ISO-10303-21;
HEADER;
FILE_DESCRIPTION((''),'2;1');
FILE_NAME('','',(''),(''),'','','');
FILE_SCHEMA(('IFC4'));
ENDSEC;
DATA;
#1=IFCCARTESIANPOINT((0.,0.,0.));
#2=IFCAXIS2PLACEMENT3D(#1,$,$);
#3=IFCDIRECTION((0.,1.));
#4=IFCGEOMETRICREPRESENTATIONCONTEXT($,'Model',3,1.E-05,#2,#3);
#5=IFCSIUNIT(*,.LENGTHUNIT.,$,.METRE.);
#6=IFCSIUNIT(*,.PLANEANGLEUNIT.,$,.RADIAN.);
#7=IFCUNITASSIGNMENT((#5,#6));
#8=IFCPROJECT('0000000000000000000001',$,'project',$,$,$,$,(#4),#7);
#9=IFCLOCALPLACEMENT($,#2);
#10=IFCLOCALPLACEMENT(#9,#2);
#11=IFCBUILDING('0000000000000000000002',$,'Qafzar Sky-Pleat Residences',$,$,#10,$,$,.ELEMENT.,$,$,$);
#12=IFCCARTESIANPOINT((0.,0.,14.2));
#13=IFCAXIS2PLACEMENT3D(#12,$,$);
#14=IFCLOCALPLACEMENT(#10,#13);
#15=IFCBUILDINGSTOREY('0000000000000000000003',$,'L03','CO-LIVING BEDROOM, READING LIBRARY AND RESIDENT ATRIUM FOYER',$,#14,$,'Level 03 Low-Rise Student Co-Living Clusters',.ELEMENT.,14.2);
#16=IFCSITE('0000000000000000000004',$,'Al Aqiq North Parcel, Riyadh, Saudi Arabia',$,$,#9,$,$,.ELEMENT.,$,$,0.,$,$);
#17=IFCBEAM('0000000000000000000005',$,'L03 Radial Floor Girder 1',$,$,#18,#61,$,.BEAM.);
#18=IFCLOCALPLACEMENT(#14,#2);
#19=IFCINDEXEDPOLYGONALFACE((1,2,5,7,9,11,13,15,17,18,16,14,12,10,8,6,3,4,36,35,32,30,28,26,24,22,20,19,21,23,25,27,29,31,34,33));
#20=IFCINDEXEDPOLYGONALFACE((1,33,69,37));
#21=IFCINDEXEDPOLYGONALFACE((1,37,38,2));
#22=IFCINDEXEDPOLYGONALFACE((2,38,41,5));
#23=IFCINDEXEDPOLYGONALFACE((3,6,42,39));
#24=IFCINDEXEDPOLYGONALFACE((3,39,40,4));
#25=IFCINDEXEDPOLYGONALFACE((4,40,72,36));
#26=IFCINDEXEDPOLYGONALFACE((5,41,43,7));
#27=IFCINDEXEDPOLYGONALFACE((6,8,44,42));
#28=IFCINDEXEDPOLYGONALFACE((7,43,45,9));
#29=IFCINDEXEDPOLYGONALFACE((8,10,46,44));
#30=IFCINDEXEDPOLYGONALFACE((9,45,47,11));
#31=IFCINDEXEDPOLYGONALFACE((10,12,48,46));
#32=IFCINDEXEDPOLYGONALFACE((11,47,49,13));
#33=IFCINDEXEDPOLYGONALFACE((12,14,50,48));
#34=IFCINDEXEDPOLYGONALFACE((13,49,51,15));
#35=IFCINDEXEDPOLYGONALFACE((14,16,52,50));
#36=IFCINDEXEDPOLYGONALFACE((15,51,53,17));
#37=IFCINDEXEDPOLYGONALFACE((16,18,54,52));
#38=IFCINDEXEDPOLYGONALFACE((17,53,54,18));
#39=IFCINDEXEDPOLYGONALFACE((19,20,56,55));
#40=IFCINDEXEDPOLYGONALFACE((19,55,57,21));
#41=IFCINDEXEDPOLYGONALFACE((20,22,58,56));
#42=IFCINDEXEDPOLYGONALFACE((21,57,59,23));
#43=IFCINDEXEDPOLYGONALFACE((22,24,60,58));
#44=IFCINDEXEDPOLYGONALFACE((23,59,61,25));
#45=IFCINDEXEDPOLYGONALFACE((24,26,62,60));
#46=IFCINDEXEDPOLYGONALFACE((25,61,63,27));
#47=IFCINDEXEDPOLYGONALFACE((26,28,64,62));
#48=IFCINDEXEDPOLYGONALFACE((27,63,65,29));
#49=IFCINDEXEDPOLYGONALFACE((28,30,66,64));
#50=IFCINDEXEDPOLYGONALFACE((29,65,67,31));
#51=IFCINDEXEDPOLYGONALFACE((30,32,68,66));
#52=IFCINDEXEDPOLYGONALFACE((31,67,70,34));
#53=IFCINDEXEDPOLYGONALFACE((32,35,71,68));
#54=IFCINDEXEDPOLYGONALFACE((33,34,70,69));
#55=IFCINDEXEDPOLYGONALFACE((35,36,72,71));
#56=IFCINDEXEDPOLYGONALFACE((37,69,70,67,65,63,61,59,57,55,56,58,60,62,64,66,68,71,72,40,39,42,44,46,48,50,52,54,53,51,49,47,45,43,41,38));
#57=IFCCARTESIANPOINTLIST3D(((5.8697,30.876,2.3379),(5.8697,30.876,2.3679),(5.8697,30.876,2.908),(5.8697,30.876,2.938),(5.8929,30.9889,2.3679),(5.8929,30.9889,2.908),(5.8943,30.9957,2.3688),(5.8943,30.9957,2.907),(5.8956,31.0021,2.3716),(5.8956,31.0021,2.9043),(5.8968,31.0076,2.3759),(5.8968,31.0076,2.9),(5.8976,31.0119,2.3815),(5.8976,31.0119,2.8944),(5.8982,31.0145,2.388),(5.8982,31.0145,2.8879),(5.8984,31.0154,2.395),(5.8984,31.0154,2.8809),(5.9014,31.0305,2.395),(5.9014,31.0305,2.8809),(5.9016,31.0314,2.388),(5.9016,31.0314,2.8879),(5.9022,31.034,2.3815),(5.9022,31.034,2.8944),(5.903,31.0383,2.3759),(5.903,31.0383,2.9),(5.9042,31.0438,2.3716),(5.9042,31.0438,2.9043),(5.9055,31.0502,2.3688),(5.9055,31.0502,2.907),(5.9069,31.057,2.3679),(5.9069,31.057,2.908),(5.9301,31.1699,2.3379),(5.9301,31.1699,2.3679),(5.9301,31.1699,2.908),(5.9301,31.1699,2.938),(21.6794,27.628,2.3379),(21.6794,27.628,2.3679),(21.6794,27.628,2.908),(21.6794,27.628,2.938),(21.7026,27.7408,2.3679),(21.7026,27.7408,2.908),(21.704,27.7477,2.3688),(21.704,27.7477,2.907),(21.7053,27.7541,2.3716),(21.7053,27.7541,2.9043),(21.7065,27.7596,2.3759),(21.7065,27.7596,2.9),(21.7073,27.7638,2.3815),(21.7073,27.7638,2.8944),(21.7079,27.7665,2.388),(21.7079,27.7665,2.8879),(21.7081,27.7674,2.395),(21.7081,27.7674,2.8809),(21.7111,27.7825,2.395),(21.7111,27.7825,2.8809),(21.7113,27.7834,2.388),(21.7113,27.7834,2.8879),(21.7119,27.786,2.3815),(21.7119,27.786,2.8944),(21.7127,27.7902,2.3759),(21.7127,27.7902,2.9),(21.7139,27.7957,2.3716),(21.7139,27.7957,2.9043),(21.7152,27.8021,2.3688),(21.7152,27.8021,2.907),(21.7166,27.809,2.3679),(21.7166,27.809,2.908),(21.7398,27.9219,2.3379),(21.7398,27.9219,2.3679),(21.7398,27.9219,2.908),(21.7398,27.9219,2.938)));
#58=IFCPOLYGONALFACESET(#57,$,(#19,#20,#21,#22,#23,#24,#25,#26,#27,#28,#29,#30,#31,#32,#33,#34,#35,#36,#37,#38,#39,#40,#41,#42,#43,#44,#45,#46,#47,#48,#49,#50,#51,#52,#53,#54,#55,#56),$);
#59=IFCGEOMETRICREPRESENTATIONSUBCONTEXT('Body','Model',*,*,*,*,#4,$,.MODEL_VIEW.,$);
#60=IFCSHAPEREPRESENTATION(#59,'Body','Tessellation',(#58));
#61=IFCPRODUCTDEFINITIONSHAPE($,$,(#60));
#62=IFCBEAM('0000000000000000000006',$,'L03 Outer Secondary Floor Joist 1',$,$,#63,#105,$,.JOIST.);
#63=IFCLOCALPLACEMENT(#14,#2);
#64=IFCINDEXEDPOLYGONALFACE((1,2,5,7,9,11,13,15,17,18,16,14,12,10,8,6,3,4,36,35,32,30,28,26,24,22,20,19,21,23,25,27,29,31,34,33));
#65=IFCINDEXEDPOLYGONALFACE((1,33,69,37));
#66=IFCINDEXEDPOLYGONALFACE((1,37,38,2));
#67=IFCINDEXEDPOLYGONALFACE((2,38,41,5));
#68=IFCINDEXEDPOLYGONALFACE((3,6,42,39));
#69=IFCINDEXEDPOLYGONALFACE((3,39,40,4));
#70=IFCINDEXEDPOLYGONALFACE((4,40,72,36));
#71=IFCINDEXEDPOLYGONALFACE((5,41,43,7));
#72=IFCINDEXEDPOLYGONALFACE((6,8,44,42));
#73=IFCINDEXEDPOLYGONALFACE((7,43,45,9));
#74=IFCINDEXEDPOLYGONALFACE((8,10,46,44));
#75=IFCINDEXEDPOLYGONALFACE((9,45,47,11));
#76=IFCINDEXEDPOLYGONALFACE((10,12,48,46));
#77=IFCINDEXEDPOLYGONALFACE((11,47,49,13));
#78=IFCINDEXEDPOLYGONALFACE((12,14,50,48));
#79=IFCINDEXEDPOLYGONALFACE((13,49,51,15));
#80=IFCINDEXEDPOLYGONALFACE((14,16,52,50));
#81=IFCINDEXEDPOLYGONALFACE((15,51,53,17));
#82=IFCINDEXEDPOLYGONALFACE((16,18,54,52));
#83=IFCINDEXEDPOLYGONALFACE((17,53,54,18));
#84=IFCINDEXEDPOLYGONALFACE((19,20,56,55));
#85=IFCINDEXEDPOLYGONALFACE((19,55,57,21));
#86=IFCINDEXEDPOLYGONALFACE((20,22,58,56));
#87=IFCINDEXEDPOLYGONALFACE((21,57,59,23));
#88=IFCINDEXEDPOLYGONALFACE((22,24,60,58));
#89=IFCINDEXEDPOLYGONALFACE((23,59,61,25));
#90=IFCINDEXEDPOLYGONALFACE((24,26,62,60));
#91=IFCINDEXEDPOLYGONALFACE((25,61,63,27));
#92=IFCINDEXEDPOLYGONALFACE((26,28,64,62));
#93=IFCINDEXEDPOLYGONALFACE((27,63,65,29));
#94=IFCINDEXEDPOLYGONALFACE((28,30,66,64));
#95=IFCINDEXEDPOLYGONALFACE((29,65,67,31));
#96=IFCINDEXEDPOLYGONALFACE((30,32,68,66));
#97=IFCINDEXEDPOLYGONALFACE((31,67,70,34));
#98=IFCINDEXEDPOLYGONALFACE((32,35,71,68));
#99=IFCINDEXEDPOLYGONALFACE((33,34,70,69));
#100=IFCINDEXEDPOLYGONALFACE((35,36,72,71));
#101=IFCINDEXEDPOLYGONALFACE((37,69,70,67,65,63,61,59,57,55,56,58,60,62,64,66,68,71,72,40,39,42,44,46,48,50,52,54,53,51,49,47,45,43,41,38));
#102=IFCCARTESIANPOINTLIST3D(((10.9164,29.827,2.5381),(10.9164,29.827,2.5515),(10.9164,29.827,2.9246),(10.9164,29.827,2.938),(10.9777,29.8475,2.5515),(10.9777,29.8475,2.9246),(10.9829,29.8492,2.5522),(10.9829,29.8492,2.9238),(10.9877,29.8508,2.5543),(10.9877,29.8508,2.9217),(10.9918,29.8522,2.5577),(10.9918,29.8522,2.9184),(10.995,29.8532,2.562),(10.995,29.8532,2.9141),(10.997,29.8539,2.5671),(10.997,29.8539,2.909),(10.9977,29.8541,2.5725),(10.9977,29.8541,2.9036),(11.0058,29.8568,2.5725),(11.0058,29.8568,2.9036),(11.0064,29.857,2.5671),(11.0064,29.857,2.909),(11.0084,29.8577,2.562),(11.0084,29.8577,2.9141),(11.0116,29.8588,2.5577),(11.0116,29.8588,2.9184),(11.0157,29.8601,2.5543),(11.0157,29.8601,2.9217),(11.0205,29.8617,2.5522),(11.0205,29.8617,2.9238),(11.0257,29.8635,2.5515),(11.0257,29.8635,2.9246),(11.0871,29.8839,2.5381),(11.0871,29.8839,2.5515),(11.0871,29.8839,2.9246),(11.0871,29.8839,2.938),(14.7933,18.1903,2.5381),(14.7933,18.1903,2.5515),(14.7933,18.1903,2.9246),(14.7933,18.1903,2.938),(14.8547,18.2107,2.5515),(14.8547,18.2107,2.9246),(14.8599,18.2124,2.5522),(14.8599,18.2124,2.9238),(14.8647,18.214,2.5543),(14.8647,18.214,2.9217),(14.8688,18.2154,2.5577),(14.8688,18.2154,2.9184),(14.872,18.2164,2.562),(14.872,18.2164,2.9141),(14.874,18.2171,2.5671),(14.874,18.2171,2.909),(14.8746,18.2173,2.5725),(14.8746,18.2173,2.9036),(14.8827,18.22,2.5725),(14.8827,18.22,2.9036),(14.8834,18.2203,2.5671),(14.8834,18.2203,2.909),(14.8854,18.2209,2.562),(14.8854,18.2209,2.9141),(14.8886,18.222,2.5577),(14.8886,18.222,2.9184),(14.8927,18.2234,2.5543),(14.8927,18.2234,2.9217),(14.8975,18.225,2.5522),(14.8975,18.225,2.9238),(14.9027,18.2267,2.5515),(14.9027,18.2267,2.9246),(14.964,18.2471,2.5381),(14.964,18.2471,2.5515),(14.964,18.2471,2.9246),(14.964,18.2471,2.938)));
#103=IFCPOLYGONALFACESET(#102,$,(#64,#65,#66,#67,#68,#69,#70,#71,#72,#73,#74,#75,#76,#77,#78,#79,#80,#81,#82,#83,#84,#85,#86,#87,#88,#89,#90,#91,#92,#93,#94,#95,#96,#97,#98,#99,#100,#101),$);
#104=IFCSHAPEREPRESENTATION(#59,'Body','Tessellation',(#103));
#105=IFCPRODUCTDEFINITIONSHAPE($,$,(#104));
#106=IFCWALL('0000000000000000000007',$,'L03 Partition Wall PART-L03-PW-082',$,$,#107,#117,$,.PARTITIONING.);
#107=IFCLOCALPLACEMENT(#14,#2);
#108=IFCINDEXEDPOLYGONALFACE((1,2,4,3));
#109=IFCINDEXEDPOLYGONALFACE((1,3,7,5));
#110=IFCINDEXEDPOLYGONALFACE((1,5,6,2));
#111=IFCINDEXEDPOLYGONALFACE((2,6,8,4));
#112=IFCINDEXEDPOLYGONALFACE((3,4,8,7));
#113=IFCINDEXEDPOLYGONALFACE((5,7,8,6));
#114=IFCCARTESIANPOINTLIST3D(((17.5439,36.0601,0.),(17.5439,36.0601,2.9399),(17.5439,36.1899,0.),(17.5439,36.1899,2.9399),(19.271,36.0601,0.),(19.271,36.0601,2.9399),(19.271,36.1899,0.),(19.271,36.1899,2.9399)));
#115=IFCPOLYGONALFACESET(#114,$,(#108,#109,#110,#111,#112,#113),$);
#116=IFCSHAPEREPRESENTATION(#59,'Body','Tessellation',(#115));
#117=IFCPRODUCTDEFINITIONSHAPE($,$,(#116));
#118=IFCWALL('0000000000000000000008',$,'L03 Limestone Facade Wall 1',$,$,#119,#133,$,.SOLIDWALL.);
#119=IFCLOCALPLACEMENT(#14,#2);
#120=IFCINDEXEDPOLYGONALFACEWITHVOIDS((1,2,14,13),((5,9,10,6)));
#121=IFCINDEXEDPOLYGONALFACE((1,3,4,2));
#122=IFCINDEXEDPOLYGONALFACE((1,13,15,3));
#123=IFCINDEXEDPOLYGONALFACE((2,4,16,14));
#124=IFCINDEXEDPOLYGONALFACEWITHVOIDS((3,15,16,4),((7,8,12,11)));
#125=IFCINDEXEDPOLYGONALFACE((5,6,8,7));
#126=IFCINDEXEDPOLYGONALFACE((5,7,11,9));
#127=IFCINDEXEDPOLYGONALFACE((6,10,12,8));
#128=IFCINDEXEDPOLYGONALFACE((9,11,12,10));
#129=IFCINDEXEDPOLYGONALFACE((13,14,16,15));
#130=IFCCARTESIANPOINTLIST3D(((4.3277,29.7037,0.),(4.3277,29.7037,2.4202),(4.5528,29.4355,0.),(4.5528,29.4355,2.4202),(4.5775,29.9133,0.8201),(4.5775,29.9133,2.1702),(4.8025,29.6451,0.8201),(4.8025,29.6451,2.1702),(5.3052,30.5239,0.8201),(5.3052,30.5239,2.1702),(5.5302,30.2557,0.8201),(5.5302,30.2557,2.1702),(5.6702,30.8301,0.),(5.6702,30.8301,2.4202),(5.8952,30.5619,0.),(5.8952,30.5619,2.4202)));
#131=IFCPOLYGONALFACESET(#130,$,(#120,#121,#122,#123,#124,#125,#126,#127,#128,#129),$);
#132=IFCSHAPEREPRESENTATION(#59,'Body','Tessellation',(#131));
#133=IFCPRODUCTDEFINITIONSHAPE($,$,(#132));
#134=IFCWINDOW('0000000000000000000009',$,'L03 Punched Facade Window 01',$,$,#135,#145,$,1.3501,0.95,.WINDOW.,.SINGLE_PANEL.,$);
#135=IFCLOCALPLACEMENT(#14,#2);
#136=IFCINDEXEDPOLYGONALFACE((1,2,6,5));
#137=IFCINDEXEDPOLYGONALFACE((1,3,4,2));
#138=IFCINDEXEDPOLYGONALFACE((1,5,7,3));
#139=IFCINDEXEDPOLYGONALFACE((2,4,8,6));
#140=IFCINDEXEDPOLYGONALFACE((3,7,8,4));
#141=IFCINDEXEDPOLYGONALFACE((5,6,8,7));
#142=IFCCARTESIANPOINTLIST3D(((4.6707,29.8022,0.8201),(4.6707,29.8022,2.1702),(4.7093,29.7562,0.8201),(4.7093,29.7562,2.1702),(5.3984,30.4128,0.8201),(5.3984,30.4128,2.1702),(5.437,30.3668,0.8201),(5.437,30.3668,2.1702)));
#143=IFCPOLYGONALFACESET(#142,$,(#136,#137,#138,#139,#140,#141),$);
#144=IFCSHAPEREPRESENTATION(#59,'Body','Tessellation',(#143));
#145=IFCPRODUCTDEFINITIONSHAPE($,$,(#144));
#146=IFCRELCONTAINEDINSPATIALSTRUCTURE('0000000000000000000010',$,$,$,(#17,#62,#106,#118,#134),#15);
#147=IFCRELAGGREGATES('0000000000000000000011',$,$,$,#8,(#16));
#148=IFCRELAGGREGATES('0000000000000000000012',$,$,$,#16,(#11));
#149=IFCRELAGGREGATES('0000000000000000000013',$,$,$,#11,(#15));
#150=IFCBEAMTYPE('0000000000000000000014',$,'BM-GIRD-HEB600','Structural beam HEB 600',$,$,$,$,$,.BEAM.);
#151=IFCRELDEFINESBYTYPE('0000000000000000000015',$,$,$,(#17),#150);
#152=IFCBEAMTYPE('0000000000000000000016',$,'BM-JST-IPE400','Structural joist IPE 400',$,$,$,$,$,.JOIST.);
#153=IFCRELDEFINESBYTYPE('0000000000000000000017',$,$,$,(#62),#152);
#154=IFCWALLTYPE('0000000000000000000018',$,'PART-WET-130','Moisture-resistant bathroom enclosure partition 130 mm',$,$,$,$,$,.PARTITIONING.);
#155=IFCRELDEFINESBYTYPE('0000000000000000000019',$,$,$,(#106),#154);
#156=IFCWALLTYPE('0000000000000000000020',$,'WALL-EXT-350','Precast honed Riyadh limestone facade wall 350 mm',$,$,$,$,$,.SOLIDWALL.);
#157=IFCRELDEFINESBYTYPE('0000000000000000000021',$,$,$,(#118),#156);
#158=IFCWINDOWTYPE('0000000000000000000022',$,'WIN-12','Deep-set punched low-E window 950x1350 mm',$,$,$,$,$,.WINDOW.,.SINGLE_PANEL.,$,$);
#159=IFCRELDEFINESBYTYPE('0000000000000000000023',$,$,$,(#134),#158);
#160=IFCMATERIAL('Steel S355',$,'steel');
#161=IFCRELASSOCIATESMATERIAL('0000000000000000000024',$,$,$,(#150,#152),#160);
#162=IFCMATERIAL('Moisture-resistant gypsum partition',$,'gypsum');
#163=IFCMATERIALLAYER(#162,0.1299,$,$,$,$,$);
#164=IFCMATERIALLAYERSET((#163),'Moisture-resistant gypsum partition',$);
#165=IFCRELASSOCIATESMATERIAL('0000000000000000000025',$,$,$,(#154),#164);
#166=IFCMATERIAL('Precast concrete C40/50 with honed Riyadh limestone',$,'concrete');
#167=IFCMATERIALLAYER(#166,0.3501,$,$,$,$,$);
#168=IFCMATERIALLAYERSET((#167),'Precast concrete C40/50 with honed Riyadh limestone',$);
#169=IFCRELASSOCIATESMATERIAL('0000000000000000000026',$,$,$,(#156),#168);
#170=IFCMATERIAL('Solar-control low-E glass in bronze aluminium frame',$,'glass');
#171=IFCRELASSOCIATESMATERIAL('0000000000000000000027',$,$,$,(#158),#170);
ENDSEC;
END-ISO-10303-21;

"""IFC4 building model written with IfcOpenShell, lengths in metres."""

from ifc_helpers import new_model, si_unit, direction, frame, frame_2d, origin, origin_2d, place, context, subcontext, project, spatial, rectangle, i_section, extrude, source, transform, mapped, material, layer, layer_set, material_profile, profile_set, type_object, element, fill, save


model = new_model("IFC4")

# Units and contexts
model_context = context("Model", 3, precision=1e-05, world=origin(), true_north=direction((0.0, 1.0)))
body_context = subcontext(model_context, "Body", "Model", "MODEL_VIEW")
ifc_project = project(units=[si_unit("LENGTHUNIT", "METRE"), si_unit("PLANEANGLEUNIT", "RADIAN")], contexts=[model_context])

# Site, building, storey
site_placement = place(None, origin())
site = spatial("IfcSite", under=ifc_project, at=site_placement, Name="Al Aqiq North Parcel, Riyadh, Saudi Arabia", CompositionType="ELEMENT", RefElevation=0.0)
building_placement = place(site_placement, origin())
building = spatial("IfcBuilding", under=site, at=building_placement, Name="Qafzar Sky-Pleat Residences", CompositionType="ELEMENT")
storey_placement = place(building_placement, frame((0.0, 0.0, 14.2)))
storey = spatial("IfcBuildingStorey", under=building, at=storey_placement, Name="L03", Description="CO-LIVING BEDROOM, READING LIBRARY AND RESIDENT ATRIUM FOYER", LongName="Level 03 Low-Rise Student Co-Living Clusters", CompositionType="ELEMENT", Elevation=14.2)

# Beams
ifc_material_1 = material(Name="Steel S355", Category="steel")
ifc_material_profile_1 = material_profile(ifc_material_1, i_section(OverallWidth=0.3, OverallDepth=0.6001, WebThickness=0.0154, FlangeThickness=0.03, FilletRadius=0.0271, at=origin_2d()), Name="HEB 600")
ifc_profile_set_1 = profile_set([ifc_material_profile_1], Name="Steel S355")
beam_type_1 = type_object("IfcBeamType", Name="BM-GIRD-HEB600", Description="Structural beam HEB 600", PredefinedType="BEAM", material=ifc_profile_set_1)
shared_shape_1 = source(origin(), body_context, "Body", "SweptSolid", [
    extrude(i_section(OverallWidth=0.3, OverallDepth=0.6001, WebThickness=0.0154, FlangeThickness=0.03, FilletRadius=0.0271, at=origin_2d()), origin(), (0.0, 0.0, 1.0), 16.1399),
])
beam_1_placement = place(storey_placement, frame((5.8999, 31.0229, 2.6379), z_axis=(0.979542, -0.201242, 0.0), x_axis=(0.201242, 0.979542, 0.0)))
element("IfcBeam", 1, at=beam_1_placement, inside=storey, type_object=beam_type_1, Name="L03 Radial Floor Girder 1", PredefinedType="BEAM", context=body_context, shape_type="MappedRepresentation", body=[
    mapped(shared_shape_1, transform((0.0, 0.0, 0.0), x_axis=(1.0, 0.0, 0.0), y_axis=(0.0, 1.0, 0.0), z_axis=(0.0, 0.0, 1.0), scale=1.0)),
])
ifc_material_profile_2 = material_profile(ifc_material_1, i_section(OverallWidth=0.1799, OverallDepth=0.3999, WebThickness=0.0085, FlangeThickness=0.0134, FilletRadius=0.021, at=origin_2d()), Name="IPE 400")
ifc_profile_set_2 = profile_set([ifc_material_profile_2], Name="Steel S355")
beam_type_2 = type_object("IfcBeamType", Name="BM-JST-IPE400", Description="Structural joist IPE 400", PredefinedType="JOIST", material=ifc_profile_set_2)
shared_shape_2 = source(origin(), body_context, "Body", "SweptSolid", [
    extrude(i_section(OverallWidth=0.1799, OverallDepth=0.3999, WebThickness=0.0085, FlangeThickness=0.0134, FilletRadius=0.021, at=origin_2d()), origin(), (0.0, 0.0, 1.0), 12.2656),
])
beam_2_placement = place(storey_placement, frame((11.0017, 29.8555, 2.738), z_axis=(0.316084, -0.948731, 0.0), x_axis=(0.948731, 0.316084, 0.0)))
element("IfcBeam", 2, at=beam_2_placement, inside=storey, type_object=beam_type_2, Name="L03 Outer Secondary Floor Joist 1", PredefinedType="JOIST", context=body_context, shape_type="MappedRepresentation", body=[
    mapped(shared_shape_2, transform((0.0, 0.0, 0.0), x_axis=(1.0, 0.0, 0.0), y_axis=(0.0, 1.0, 0.0), z_axis=(0.0, 0.0, 1.0), scale=1.0)),
])

# Wall
ifc_material_2 = material(Name="Moisture-resistant gypsum partition", Category="gypsum")
ifc_layer_1 = layer(ifc_material_2, 0.1299)
ifc_layer_set_1 = layer_set([ifc_layer_1], Name="Moisture-resistant gypsum partition")
wall_type_1 = type_object("IfcWallType", Name="PART-WET-130", Description="Moisture-resistant bathroom enclosure partition 130 mm", PredefinedType="PARTITIONING", material=ifc_layer_set_1)
wall_1_placement = place(storey_placement, frame((17.5439, 36.125, 0.0), z_axis=(0.0, 0.0, 1.0), x_axis=(1.0, 0.0, 0.0)))
element("IfcWall", 3, at=wall_1_placement, inside=storey, type_object=wall_type_1, Name="L03 Partition Wall PART-L03-PW-082", PredefinedType="PARTITIONING", context=body_context, shape_type="SweptSolid", body=[
    extrude(rectangle(XDim=1.7271, YDim=0.1299, at=frame_2d((0.8635, 0.0))), origin(), (0.0, 0.0, 1.0), 2.9399),
])

# Wall, opening, window
ifc_material_3 = material(Name="Precast concrete C40/50 with honed Riyadh limestone", Category="concrete")
ifc_layer_2 = layer(ifc_material_3, 0.3501)
ifc_layer_set_2 = layer_set([ifc_layer_2], Name="Precast concrete C40/50 with honed Riyadh limestone")
wall_type_2 = type_object("IfcWallType", Name="WALL-EXT-350", Description="Precast honed Riyadh limestone facade wall 350 mm", PredefinedType="SOLIDWALL", material=ifc_layer_set_2)
wall_2_placement = place(storey_placement, frame((5.7827, 30.696, 0.0), z_axis=(0.0, 0.0, 1.0), x_axis=(-0.766059, -0.642771, 0.0)))
wall_2 = element("IfcWall", 4, at=wall_2_placement, inside=storey, type_object=wall_type_2, Name="L03 Limestone Facade Wall 1", PredefinedType="SOLIDWALL", context=body_context, shape_type="SweptSolid", body=[
    extrude(rectangle(XDim=1.7524, YDim=0.3501, at=frame_2d((0.8762, 0.0))), origin(), (0.0, 0.0, 1.0), 2.4202),
])
opening_1_placement = place(wall_2_placement, frame((0.4763, 0.0, 0.8201)))
opening_1 = element("IfcOpeningElement", 5, at=opening_1_placement, cuts=wall_2, PredefinedType="OPENING", context=body_context, shape_type="SweptSolid", body=[
    extrude(rectangle(XDim=0.95, YDim=1.3501, at=frame_2d((0.4751, 0.675))), frame((0.0, 0.1851, 0.0), z_axis=(0.0, -1.0, 0.0), x_axis=(1.0, 0.0, 0.0)), (0.0, 0.0, 1.0), 0.3701),
])
ifc_material_4 = material(Name="Solar-control low-E glass in bronze aluminium frame", Category="glass")
window_type_1 = type_object("IfcWindowType", Name="WIN-12", Description="Deep-set punched low-E window 950x1350 mm", PartitioningType="SINGLE_PANEL", PredefinedType="WINDOW", material=ifc_material_4)
shared_shape_3 = source(origin(), body_context, "Body", "SweptSolid", [
    extrude(rectangle(XDim=0.95, YDim=1.3501, at=frame_2d((0.4751, 0.675))), frame((0.0, 0.03, 0.0), z_axis=(0.0, -1.0, 0.0), x_axis=(1.0, 0.0, 0.0)), (0.0, 0.0, 1.0), 0.0601),
])
window_1_placement = place(opening_1_placement, origin())
window_1 = element("IfcWindow", 6, at=window_1_placement, inside=storey, type_object=window_type_1, Name="L03 Punched Facade Window 01", OverallHeight=1.3501, OverallWidth=0.95, PartitioningType="SINGLE_PANEL", PredefinedType="WINDOW", context=body_context, shape_type="MappedRepresentation", body=[
    mapped(shared_shape_3, transform((0.0, 0.0, 0.0), x_axis=(1.0, 0.0, 0.0), y_axis=(0.0, 1.0, 0.0), z_axis=(0.0, 0.0, 1.0), scale=1.0)),
])
fill(opening_1, window_1)

save(model, "model.ifc")
